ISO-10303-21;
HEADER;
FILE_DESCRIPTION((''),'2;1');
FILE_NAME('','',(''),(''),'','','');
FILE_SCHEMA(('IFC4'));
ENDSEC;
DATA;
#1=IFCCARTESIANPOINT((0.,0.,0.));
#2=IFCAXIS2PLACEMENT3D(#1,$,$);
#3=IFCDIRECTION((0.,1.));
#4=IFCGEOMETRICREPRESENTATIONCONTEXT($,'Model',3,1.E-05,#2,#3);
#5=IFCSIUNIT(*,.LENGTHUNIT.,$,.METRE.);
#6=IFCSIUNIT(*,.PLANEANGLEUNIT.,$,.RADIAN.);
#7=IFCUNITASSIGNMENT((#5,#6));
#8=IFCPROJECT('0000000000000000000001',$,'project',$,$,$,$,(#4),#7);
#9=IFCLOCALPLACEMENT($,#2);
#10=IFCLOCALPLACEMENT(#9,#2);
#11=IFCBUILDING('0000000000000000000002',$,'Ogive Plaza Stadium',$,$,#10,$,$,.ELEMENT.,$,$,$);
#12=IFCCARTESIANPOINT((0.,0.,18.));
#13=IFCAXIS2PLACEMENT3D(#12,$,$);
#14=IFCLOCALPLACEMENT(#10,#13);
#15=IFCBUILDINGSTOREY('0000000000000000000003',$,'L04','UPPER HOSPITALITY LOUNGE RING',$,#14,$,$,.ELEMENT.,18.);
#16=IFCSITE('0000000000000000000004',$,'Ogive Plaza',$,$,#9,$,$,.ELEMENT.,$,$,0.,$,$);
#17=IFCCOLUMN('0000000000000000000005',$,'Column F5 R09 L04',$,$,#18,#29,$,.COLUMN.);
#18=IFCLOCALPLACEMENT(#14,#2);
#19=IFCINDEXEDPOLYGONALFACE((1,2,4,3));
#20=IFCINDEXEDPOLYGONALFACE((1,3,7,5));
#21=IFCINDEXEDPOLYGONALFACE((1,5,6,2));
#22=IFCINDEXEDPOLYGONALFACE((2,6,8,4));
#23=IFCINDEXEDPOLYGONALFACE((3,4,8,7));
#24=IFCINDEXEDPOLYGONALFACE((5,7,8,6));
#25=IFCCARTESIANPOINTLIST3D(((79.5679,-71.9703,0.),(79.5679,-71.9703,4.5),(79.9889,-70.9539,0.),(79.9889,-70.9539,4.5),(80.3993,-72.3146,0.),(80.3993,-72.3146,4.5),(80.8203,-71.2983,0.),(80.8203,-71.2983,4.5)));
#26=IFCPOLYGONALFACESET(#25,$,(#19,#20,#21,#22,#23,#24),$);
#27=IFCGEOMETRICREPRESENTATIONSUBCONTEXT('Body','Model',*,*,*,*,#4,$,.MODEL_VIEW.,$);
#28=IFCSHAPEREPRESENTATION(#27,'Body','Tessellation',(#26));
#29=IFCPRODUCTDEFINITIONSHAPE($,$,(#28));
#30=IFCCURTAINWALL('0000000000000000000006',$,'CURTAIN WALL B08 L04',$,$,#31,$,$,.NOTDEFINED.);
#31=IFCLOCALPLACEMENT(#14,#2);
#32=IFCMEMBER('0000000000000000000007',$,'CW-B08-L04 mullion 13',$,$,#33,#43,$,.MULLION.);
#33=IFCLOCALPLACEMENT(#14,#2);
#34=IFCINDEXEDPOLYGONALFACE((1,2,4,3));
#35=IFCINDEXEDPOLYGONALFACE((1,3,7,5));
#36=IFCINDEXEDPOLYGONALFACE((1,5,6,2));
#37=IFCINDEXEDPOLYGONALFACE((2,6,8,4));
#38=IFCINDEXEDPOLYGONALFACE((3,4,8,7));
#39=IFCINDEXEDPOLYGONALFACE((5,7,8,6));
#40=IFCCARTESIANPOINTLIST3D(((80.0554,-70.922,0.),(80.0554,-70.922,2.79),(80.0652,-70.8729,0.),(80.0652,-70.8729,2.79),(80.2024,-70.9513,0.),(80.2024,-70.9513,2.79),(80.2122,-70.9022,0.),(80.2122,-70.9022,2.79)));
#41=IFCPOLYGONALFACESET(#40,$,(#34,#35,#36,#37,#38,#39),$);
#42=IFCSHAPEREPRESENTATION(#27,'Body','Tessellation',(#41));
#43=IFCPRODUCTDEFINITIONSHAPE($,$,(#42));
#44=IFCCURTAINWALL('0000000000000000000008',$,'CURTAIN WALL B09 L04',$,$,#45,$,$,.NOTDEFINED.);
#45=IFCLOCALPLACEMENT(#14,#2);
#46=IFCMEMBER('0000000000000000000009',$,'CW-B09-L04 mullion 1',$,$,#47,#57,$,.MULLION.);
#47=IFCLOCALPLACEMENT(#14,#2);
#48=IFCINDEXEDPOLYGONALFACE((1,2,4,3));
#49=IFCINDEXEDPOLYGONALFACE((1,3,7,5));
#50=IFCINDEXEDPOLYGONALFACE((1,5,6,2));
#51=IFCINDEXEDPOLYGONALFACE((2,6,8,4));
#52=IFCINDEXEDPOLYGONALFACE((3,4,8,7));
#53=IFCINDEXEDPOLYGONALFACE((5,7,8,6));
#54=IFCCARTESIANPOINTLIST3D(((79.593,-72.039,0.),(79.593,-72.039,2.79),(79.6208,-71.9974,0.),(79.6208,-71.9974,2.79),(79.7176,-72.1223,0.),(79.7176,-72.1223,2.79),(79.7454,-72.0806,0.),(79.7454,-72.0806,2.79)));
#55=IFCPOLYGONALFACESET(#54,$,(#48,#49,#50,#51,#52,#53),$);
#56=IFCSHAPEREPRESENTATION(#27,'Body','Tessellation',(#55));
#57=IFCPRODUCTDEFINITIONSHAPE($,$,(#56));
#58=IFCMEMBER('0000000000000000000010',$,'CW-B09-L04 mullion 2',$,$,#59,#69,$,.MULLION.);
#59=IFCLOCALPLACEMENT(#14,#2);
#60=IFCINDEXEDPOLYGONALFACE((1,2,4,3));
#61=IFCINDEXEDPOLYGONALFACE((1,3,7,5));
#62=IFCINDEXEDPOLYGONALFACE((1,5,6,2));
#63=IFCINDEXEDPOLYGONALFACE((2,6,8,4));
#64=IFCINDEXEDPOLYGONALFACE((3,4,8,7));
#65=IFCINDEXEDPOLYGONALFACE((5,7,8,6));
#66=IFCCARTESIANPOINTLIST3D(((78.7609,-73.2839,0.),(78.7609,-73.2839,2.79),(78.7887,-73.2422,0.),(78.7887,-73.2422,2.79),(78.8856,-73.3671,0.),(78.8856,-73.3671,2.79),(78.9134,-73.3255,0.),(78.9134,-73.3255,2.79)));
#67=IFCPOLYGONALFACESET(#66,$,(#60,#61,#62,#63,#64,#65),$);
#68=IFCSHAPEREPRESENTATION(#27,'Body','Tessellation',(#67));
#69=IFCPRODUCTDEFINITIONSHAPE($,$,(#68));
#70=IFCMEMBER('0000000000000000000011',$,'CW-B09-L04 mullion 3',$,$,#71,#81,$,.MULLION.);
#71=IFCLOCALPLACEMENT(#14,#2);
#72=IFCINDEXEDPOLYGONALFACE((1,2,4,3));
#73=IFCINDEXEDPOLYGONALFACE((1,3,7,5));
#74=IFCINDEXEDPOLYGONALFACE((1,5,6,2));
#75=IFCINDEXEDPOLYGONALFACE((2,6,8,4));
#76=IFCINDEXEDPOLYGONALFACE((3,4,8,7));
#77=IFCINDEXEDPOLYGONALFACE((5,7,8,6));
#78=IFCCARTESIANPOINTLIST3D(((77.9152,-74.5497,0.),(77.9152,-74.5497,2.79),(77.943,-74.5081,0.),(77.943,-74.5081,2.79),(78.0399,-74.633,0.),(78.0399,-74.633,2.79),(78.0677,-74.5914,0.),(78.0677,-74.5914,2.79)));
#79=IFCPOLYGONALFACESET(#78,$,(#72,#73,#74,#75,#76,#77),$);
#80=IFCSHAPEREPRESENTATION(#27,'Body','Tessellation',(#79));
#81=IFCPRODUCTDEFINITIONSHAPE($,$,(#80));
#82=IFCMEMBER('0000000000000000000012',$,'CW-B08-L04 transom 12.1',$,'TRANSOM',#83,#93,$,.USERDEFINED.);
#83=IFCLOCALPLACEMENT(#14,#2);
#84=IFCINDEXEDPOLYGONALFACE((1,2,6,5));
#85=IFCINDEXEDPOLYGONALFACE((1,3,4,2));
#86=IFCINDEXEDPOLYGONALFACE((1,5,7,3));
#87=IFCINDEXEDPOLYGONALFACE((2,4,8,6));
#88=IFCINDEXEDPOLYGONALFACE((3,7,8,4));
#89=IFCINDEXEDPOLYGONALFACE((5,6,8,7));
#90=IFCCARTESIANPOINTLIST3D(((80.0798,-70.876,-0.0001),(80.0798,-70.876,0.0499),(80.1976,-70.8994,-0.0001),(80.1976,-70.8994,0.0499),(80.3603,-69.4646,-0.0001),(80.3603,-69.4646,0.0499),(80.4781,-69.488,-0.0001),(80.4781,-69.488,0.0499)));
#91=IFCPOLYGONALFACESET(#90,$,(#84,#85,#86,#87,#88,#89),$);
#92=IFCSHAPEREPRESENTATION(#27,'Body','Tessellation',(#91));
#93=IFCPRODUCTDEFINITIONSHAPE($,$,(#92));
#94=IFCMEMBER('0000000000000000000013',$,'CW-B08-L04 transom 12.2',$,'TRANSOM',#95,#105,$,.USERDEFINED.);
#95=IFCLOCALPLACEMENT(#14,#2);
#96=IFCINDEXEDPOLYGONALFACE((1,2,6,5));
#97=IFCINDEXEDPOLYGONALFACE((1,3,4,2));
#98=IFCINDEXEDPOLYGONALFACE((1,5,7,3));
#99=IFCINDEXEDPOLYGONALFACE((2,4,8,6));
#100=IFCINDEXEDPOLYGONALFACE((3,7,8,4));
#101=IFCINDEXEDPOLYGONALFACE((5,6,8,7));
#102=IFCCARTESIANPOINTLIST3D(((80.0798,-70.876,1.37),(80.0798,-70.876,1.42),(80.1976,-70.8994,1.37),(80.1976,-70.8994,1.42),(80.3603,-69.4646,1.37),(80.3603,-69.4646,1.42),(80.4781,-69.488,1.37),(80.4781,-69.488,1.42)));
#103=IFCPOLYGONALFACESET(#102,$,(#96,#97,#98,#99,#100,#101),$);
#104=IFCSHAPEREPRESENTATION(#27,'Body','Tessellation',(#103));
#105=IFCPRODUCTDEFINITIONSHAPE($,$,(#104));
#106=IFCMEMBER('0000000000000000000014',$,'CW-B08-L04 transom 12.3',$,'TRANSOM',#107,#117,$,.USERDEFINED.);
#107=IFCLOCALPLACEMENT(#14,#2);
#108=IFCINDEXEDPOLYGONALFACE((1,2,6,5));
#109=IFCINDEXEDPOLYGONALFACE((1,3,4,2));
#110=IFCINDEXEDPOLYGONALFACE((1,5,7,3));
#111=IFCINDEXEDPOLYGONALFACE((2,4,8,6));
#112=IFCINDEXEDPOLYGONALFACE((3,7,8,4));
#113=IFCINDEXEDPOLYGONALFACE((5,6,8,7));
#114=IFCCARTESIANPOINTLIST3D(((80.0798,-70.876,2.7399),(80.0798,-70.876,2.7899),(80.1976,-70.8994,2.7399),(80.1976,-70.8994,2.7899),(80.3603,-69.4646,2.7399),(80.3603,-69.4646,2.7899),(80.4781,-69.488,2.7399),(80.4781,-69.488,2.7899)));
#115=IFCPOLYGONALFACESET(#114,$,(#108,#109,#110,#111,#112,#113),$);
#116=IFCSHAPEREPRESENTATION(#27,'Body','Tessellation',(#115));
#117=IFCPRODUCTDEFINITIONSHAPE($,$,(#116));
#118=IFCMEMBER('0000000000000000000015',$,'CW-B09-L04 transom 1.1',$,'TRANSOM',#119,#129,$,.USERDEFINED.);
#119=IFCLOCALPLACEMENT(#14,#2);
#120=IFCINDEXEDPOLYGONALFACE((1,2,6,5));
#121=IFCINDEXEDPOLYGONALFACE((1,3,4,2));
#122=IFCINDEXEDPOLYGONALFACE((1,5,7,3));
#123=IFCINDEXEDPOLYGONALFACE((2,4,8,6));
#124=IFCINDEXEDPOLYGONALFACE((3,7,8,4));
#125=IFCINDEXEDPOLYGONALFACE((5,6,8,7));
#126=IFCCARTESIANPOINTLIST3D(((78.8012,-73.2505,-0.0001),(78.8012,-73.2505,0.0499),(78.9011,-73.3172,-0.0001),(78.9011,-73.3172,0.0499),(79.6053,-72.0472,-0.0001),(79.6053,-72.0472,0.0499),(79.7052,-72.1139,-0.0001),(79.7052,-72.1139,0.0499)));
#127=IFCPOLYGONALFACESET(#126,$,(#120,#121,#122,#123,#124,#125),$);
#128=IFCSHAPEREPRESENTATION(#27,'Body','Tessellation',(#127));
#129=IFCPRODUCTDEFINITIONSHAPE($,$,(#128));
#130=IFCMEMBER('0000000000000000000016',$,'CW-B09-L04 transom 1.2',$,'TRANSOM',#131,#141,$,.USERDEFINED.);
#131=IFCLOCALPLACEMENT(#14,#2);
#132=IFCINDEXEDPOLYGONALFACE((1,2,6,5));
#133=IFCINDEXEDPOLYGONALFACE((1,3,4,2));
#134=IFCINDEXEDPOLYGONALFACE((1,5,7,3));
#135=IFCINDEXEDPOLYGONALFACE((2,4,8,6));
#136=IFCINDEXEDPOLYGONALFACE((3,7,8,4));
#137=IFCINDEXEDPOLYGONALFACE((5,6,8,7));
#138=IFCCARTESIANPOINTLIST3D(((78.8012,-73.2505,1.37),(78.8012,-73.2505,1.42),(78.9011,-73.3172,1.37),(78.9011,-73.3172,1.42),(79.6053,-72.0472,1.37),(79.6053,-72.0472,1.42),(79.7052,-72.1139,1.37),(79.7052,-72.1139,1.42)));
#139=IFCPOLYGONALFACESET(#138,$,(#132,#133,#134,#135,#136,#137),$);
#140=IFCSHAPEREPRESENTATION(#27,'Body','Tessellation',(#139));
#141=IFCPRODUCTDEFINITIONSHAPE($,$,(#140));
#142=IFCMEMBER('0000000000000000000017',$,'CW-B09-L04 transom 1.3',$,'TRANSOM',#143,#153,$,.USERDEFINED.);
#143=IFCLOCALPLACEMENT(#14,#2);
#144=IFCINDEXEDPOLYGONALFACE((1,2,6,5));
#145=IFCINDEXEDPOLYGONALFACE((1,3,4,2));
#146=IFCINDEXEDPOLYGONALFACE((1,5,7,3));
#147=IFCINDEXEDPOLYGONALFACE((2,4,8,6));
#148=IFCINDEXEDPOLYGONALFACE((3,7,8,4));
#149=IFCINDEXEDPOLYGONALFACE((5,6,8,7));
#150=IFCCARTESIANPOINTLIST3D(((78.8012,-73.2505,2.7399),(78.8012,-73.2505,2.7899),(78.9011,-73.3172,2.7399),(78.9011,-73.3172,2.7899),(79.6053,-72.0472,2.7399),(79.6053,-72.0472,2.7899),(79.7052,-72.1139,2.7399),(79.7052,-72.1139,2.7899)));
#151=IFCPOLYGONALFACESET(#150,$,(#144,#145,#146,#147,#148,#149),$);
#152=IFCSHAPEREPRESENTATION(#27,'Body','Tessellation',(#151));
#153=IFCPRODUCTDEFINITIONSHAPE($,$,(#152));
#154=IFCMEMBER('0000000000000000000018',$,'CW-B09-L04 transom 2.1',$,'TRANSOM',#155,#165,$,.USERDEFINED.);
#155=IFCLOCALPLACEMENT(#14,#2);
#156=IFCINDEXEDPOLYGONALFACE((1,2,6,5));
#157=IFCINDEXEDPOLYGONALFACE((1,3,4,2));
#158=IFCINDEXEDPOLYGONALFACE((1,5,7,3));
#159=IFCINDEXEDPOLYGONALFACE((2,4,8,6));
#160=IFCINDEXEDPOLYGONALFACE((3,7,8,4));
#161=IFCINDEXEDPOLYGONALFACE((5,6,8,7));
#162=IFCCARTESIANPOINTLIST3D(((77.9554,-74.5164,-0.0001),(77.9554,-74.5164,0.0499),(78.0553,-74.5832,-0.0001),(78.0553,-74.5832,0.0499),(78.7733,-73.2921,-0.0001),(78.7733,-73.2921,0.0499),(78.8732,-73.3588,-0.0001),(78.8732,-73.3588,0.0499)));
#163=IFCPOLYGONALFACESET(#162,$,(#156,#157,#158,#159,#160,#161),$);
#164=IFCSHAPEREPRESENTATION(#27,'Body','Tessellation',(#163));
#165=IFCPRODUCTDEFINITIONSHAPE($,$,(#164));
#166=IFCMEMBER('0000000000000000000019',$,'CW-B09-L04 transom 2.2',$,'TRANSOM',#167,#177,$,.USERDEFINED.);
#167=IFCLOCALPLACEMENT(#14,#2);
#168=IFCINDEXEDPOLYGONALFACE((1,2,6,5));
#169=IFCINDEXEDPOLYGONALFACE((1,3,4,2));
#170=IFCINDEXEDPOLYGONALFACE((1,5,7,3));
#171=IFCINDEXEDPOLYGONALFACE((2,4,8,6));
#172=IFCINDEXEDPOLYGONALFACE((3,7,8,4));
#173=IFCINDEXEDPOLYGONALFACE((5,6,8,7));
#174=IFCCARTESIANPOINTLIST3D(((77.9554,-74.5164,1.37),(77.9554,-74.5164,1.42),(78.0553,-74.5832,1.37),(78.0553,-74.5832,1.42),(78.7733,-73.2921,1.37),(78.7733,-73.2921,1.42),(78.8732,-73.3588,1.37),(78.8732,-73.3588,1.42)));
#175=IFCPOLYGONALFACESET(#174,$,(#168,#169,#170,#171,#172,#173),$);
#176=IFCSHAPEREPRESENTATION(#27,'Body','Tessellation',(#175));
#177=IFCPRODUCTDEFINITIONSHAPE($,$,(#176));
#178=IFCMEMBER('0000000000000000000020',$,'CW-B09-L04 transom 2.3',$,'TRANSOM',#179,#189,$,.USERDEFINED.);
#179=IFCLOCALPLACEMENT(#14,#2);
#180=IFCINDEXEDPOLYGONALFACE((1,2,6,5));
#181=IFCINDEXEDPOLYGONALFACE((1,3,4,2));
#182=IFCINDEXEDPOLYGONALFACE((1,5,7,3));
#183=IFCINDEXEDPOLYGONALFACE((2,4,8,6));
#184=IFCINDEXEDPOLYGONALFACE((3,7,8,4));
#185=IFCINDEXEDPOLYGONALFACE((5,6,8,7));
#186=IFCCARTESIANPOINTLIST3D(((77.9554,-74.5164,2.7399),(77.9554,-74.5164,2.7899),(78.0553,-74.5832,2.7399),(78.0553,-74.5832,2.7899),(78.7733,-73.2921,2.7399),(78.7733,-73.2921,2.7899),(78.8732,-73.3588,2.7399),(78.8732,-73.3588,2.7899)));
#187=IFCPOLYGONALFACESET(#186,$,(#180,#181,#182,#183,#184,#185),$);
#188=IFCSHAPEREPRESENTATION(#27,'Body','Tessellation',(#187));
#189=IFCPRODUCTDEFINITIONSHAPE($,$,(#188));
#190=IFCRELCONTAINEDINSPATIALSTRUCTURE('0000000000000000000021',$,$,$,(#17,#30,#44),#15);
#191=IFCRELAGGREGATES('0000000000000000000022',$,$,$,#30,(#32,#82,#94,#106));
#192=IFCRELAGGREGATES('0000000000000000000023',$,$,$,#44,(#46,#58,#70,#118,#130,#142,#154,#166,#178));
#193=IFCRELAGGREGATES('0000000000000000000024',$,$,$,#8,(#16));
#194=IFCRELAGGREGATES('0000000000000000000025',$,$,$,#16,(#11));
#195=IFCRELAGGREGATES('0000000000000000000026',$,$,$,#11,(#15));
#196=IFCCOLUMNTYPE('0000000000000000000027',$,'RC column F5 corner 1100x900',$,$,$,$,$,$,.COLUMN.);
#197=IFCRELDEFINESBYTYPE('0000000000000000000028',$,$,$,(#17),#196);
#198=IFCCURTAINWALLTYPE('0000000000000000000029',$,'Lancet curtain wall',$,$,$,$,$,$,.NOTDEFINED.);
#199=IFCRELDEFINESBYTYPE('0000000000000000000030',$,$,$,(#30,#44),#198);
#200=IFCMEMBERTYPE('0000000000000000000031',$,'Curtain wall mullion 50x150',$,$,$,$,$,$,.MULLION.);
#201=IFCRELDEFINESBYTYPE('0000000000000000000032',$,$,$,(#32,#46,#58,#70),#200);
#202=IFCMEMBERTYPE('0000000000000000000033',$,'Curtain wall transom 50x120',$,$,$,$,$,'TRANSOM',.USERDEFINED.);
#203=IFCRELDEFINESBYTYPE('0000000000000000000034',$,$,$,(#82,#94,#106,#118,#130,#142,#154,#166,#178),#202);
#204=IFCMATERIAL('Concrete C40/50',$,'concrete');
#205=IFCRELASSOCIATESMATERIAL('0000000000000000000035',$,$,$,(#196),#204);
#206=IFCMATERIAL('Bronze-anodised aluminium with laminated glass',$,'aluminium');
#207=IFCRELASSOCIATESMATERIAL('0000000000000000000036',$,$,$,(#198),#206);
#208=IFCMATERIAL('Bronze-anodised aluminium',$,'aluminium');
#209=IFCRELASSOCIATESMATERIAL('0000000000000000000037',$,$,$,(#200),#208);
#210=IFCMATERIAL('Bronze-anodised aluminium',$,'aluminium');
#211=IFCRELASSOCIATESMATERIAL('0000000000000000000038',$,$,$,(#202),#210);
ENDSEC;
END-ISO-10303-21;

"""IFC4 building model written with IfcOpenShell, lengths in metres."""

from ifc_helpers import new_model, si_unit, direction, frame, origin, origin_2d, place, context, subcontext, project, spatial, rectangle, extrude, material, material_profile, profile_set, type_object, element, aggregate, save


model = new_model("IFC4")

# Units and contexts
model_context = context("Model", 3, precision=1e-05, world=origin(), true_north=direction((0.0, 1.0)))
body_context = subcontext(model_context, "Body", "Model", "MODEL_VIEW")
ifc_project = project(units=[si_unit("LENGTHUNIT", "METRE"), si_unit("PLANEANGLEUNIT", "RADIAN")], contexts=[model_context])

# Site, building, storey
site_placement = place(None, origin())
site = spatial("IfcSite", under=ifc_project, at=site_placement, Name="Ogive Plaza", CompositionType="ELEMENT", RefElevation=0.0)
building_placement = place(site_placement, origin())
building = spatial("IfcBuilding", under=site, at=building_placement, Name="Ogive Plaza Stadium", CompositionType="ELEMENT")
storey_placement = place(building_placement, frame((0.0, 0.0, 18.0)))
storey = spatial("IfcBuildingStorey", under=building, at=storey_placement, Name="L04", Description="UPPER HOSPITALITY LOUNGE RING", CompositionType="ELEMENT", Elevation=18.0)

# Column
ifc_material_1 = material(Name="Concrete C40/50", Category="concrete")
ifc_material_profile_1 = material_profile(ifc_material_1, rectangle(XDim=1.1001, YDim=0.8999, at=origin_2d()), Name="RC 1100x900")
ifc_profile_set_1 = profile_set([ifc_material_profile_1], Name="Concrete C40/50")
column_type = type_object("IfcColumnType", Name="RC column F5 corner 1100x900", PredefinedType="COLUMN", material=ifc_profile_set_1)
column_placement = place(storey_placement, frame((80.1941, -71.6343, 0.0), z_axis=(0.0, 0.0, 1.0), x_axis=(0.382683, 0.92388, 0.0)))
element("IfcColumn", 1, at=column_placement, inside=storey, type_object=column_type, Name="Column F5 R09 L04", PredefinedType="COLUMN", context=body_context, shape_type="SweptSolid", body=[
    extrude(rectangle(XDim=1.1001, YDim=0.8999, at=origin_2d()), origin(), (0.0, 0.0, 1.0), 4.5),
])

# Curtain wall, member
ifc_material_2 = material(Name="Bronze-anodised aluminium with laminated glass", Category="aluminium")
curtain_wall_type = type_object("IfcCurtainWallType", Name="Lancet curtain wall", PredefinedType="NOTDEFINED", material=ifc_material_2)
curtain_wall_1_placement = place(storey_placement, origin())
curtain_wall_1 = element("IfcCurtainWall", 2, at=curtain_wall_1_placement, inside=storey, type_object=curtain_wall_type, Name="CURTAIN WALL B08 L04", PredefinedType="NOTDEFINED")
ifc_material_3 = material(Name="Bronze-anodised aluminium", Category="aluminium")
ifc_material_profile_2 = material_profile(ifc_material_3, rectangle(XDim=0.1499, YDim=0.05, at=origin_2d()), Name="AL 150x50")
ifc_profile_set_2 = profile_set([ifc_material_profile_2], Name="Bronze-anodised aluminium")
member_type_1 = type_object("IfcMemberType", Name="Curtain wall mullion 50x150", PredefinedType="MULLION", material=ifc_profile_set_2)
member_1_placement = place(storey_placement, frame((80.1338, -70.9121, 0.0), z_axis=(0.0, 0.0, 1.0), x_axis=(0.980785, -0.19509, 0.0)))
member_1 = element("IfcMember", 3, at=member_1_placement, type_object=member_type_1, Name="CW-B08-L04 mullion 13", PredefinedType="MULLION", context=body_context, shape_type="SweptSolid", body=[
    extrude(rectangle(XDim=0.1499, YDim=0.05, at=origin_2d()), origin(), (0.0, 0.0, 1.0), 2.79),
])

# Curtain wall, members
curtain_wall_2_placement = place(storey_placement, origin())
curtain_wall_2 = element("IfcCurtainWall", 4, at=curtain_wall_2_placement, inside=storey, type_object=curtain_wall_type, Name="CURTAIN WALL B09 L04", PredefinedType="NOTDEFINED")
member_2_placement = place(storey_placement, frame((79.6692, -72.0598, 0.0), z_axis=(0.0, 0.0, 1.0), x_axis=(0.83147, -0.55557, 0.0)))
member_2 = element("IfcMember", 5, at=member_2_placement, type_object=member_type_1, Name="CW-B09-L04 mullion 1", PredefinedType="MULLION", context=body_context, shape_type="SweptSolid", body=[
    extrude(rectangle(XDim=0.1499, YDim=0.05, at=origin_2d()), origin(), (0.0, 0.0, 1.0), 2.79),
])
member_3_placement = place(storey_placement, frame((78.8372, -73.3047, 0.0), z_axis=(0.0, 0.0, 1.0), x_axis=(0.83147, -0.55557, 0.0)))
member_3 = element("IfcMember", 6, at=member_3_placement, type_object=member_type_1, Name="CW-B09-L04 mullion 2", PredefinedType="MULLION", context=body_context, shape_type="SweptSolid", body=[
    extrude(rectangle(XDim=0.1499, YDim=0.05, at=origin_2d()), origin(), (0.0, 0.0, 1.0), 2.79),
])
member_4_placement = place(storey_placement, frame((77.9915, -74.5706, 0.0), z_axis=(0.0, 0.0, 1.0), x_axis=(0.83147, -0.55557, 0.0)))
member_4 = element("IfcMember", 7, at=member_4_placement, type_object=member_type_1, Name="CW-B09-L04 mullion 3", PredefinedType="MULLION", context=body_context, shape_type="SweptSolid", body=[
    extrude(rectangle(XDim=0.1499, YDim=0.05, at=origin_2d()), origin(), (0.0, 0.0, 1.0), 2.79),
])

# Members
ifc_material_4 = material(Name="Bronze-anodised aluminium", Category="aluminium")
ifc_material_profile_3 = material_profile(ifc_material_4, rectangle(XDim=0.1201, YDim=0.05, at=origin_2d()), Name="AL 120x50")
ifc_profile_set_3 = profile_set([ifc_material_profile_3], Name="Bronze-anodised aluminium")
member_type_2 = type_object("IfcMemberType", Name="Curtain wall transom 50x120", ElementType="TRANSOM", PredefinedType="USERDEFINED", material=ifc_profile_set_3)
member_5_placement = place(storey_placement, frame((80.4192, -69.4763, 0.0249), z_axis=(-0.194941, -0.980815, 0.0), x_axis=(0.980815, -0.194941, 0.0)))
member_5 = element("IfcMember", 8, at=member_5_placement, type_object=member_type_2, Name="CW-B08-L04 transom 12.1", ObjectType="TRANSOM", PredefinedType="USERDEFINED", context=body_context, shape_type="SweptSolid", body=[
    extrude(rectangle(XDim=0.1201, YDim=0.05, at=origin_2d()), origin(), (0.0, 0.0, 1.0), 1.439),
])
member_6_placement = place(storey_placement, frame((80.4192, -69.4763, 1.395), z_axis=(-0.194941, -0.980815, 0.0), x_axis=(0.980815, -0.194941, 0.0)))
member_6 = element("IfcMember", 9, at=member_6_placement, type_object=member_type_2, Name="CW-B08-L04 transom 12.2", ObjectType="TRANSOM", PredefinedType="USERDEFINED", context=body_context, shape_type="SweptSolid", body=[
    extrude(rectangle(XDim=0.1201, YDim=0.05, at=origin_2d()), origin(), (0.0, 0.0, 1.0), 1.439),
])
member_7_placement = place(storey_placement, frame((80.4192, -69.4763, 2.7649), z_axis=(-0.194941, -0.980815, 0.0), x_axis=(0.980815, -0.194941, 0.0)))
member_7 = element("IfcMember", 10, at=member_7_placement, type_object=member_type_2, Name="CW-B08-L04 transom 12.3", ObjectType="TRANSOM", PredefinedType="USERDEFINED", context=body_context, shape_type="SweptSolid", body=[
    extrude(rectangle(XDim=0.1201, YDim=0.05, at=origin_2d()), origin(), (0.0, 0.0, 1.0), 1.439),
])
member_8_placement = place(storey_placement, frame((79.6553, -72.0806, 0.0249), z_axis=(-0.555634, -0.831427, 0.0), x_axis=(0.831427, -0.555634, 0.0)))
member_8 = element("IfcMember", 11, at=member_8_placement, type_object=member_type_2, Name="CW-B09-L04 transom 1.1", ObjectType="TRANSOM", PredefinedType="USERDEFINED", context=body_context, shape_type="SweptSolid", body=[
    extrude(rectangle(XDim=0.1201, YDim=0.05, at=origin_2d()), origin(), (0.0, 0.0, 1.0), 1.4473),
])
member_9_placement = place(storey_placement, frame((79.6553, -72.0806, 1.395), z_axis=(-0.555634, -0.831427, 0.0), x_axis=(0.831427, -0.555634, 0.0)))
member_9 = element("IfcMember", 12, at=member_9_placement, type_object=member_type_2, Name="CW-B09-L04 transom 1.2", ObjectType="TRANSOM", PredefinedType="USERDEFINED", context=body_context, shape_type="SweptSolid", body=[
    extrude(rectangle(XDim=0.1201, YDim=0.05, at=origin_2d()), origin(), (0.0, 0.0, 1.0), 1.4473),
])
member_10_placement = place(storey_placement, frame((79.6553, -72.0806, 2.7649), z_axis=(-0.555634, -0.831427, 0.0), x_axis=(0.831427, -0.555634, 0.0)))
member_10 = element("IfcMember", 13, at=member_10_placement, type_object=member_type_2, Name="CW-B09-L04 transom 1.3", ObjectType="TRANSOM", PredefinedType="USERDEFINED", context=body_context, shape_type="SweptSolid", body=[
    extrude(rectangle(XDim=0.1201, YDim=0.05, at=origin_2d()), origin(), (0.0, 0.0, 1.0), 1.4473),
])
member_11_placement = place(storey_placement, frame((78.8232, -73.3254, 0.0249), z_axis=(-0.555465, -0.83154, 0.0), x_axis=(0.83154, -0.555465, 0.0)))
member_11 = element("IfcMember", 14, at=member_11_placement, type_object=member_type_2, Name="CW-B09-L04 transom 2.1", ObjectType="TRANSOM", PredefinedType="USERDEFINED", context=body_context, shape_type="SweptSolid", body=[
    extrude(rectangle(XDim=0.1201, YDim=0.05, at=origin_2d()), origin(), (0.0, 0.0, 1.0), 1.4724),
])
member_12_placement = place(storey_placement, frame((78.8232, -73.3254, 1.395), z_axis=(-0.555465, -0.83154, 0.0), x_axis=(0.83154, -0.555465, 0.0)))
member_12 = element("IfcMember", 15, at=member_12_placement, type_object=member_type_2, Name="CW-B09-L04 transom 2.2", ObjectType="TRANSOM", PredefinedType="USERDEFINED", context=body_context, shape_type="SweptSolid", body=[
    extrude(rectangle(XDim=0.1201, YDim=0.05, at=origin_2d()), origin(), (0.0, 0.0, 1.0), 1.4724),
])
member_13_placement = place(storey_placement, frame((78.8232, -73.3254, 2.7649), z_axis=(-0.555465, -0.83154, 0.0), x_axis=(0.83154, -0.555465, 0.0)))
member_13 = element("IfcMember", 16, at=member_13_placement, type_object=member_type_2, Name="CW-B09-L04 transom 2.3", ObjectType="TRANSOM", PredefinedType="USERDEFINED", context=body_context, shape_type="SweptSolid", body=[
    extrude(rectangle(XDim=0.1201, YDim=0.05, at=origin_2d()), origin(), (0.0, 0.0, 1.0), 1.4724),
])

aggregate(curtain_wall_1, [member_1, member_5, member_6, member_7])
aggregate(curtain_wall_2, [member_2, member_3, member_4, member_8, member_9, member_10, member_11, member_12, member_13])

save(model, "model.ifc")
